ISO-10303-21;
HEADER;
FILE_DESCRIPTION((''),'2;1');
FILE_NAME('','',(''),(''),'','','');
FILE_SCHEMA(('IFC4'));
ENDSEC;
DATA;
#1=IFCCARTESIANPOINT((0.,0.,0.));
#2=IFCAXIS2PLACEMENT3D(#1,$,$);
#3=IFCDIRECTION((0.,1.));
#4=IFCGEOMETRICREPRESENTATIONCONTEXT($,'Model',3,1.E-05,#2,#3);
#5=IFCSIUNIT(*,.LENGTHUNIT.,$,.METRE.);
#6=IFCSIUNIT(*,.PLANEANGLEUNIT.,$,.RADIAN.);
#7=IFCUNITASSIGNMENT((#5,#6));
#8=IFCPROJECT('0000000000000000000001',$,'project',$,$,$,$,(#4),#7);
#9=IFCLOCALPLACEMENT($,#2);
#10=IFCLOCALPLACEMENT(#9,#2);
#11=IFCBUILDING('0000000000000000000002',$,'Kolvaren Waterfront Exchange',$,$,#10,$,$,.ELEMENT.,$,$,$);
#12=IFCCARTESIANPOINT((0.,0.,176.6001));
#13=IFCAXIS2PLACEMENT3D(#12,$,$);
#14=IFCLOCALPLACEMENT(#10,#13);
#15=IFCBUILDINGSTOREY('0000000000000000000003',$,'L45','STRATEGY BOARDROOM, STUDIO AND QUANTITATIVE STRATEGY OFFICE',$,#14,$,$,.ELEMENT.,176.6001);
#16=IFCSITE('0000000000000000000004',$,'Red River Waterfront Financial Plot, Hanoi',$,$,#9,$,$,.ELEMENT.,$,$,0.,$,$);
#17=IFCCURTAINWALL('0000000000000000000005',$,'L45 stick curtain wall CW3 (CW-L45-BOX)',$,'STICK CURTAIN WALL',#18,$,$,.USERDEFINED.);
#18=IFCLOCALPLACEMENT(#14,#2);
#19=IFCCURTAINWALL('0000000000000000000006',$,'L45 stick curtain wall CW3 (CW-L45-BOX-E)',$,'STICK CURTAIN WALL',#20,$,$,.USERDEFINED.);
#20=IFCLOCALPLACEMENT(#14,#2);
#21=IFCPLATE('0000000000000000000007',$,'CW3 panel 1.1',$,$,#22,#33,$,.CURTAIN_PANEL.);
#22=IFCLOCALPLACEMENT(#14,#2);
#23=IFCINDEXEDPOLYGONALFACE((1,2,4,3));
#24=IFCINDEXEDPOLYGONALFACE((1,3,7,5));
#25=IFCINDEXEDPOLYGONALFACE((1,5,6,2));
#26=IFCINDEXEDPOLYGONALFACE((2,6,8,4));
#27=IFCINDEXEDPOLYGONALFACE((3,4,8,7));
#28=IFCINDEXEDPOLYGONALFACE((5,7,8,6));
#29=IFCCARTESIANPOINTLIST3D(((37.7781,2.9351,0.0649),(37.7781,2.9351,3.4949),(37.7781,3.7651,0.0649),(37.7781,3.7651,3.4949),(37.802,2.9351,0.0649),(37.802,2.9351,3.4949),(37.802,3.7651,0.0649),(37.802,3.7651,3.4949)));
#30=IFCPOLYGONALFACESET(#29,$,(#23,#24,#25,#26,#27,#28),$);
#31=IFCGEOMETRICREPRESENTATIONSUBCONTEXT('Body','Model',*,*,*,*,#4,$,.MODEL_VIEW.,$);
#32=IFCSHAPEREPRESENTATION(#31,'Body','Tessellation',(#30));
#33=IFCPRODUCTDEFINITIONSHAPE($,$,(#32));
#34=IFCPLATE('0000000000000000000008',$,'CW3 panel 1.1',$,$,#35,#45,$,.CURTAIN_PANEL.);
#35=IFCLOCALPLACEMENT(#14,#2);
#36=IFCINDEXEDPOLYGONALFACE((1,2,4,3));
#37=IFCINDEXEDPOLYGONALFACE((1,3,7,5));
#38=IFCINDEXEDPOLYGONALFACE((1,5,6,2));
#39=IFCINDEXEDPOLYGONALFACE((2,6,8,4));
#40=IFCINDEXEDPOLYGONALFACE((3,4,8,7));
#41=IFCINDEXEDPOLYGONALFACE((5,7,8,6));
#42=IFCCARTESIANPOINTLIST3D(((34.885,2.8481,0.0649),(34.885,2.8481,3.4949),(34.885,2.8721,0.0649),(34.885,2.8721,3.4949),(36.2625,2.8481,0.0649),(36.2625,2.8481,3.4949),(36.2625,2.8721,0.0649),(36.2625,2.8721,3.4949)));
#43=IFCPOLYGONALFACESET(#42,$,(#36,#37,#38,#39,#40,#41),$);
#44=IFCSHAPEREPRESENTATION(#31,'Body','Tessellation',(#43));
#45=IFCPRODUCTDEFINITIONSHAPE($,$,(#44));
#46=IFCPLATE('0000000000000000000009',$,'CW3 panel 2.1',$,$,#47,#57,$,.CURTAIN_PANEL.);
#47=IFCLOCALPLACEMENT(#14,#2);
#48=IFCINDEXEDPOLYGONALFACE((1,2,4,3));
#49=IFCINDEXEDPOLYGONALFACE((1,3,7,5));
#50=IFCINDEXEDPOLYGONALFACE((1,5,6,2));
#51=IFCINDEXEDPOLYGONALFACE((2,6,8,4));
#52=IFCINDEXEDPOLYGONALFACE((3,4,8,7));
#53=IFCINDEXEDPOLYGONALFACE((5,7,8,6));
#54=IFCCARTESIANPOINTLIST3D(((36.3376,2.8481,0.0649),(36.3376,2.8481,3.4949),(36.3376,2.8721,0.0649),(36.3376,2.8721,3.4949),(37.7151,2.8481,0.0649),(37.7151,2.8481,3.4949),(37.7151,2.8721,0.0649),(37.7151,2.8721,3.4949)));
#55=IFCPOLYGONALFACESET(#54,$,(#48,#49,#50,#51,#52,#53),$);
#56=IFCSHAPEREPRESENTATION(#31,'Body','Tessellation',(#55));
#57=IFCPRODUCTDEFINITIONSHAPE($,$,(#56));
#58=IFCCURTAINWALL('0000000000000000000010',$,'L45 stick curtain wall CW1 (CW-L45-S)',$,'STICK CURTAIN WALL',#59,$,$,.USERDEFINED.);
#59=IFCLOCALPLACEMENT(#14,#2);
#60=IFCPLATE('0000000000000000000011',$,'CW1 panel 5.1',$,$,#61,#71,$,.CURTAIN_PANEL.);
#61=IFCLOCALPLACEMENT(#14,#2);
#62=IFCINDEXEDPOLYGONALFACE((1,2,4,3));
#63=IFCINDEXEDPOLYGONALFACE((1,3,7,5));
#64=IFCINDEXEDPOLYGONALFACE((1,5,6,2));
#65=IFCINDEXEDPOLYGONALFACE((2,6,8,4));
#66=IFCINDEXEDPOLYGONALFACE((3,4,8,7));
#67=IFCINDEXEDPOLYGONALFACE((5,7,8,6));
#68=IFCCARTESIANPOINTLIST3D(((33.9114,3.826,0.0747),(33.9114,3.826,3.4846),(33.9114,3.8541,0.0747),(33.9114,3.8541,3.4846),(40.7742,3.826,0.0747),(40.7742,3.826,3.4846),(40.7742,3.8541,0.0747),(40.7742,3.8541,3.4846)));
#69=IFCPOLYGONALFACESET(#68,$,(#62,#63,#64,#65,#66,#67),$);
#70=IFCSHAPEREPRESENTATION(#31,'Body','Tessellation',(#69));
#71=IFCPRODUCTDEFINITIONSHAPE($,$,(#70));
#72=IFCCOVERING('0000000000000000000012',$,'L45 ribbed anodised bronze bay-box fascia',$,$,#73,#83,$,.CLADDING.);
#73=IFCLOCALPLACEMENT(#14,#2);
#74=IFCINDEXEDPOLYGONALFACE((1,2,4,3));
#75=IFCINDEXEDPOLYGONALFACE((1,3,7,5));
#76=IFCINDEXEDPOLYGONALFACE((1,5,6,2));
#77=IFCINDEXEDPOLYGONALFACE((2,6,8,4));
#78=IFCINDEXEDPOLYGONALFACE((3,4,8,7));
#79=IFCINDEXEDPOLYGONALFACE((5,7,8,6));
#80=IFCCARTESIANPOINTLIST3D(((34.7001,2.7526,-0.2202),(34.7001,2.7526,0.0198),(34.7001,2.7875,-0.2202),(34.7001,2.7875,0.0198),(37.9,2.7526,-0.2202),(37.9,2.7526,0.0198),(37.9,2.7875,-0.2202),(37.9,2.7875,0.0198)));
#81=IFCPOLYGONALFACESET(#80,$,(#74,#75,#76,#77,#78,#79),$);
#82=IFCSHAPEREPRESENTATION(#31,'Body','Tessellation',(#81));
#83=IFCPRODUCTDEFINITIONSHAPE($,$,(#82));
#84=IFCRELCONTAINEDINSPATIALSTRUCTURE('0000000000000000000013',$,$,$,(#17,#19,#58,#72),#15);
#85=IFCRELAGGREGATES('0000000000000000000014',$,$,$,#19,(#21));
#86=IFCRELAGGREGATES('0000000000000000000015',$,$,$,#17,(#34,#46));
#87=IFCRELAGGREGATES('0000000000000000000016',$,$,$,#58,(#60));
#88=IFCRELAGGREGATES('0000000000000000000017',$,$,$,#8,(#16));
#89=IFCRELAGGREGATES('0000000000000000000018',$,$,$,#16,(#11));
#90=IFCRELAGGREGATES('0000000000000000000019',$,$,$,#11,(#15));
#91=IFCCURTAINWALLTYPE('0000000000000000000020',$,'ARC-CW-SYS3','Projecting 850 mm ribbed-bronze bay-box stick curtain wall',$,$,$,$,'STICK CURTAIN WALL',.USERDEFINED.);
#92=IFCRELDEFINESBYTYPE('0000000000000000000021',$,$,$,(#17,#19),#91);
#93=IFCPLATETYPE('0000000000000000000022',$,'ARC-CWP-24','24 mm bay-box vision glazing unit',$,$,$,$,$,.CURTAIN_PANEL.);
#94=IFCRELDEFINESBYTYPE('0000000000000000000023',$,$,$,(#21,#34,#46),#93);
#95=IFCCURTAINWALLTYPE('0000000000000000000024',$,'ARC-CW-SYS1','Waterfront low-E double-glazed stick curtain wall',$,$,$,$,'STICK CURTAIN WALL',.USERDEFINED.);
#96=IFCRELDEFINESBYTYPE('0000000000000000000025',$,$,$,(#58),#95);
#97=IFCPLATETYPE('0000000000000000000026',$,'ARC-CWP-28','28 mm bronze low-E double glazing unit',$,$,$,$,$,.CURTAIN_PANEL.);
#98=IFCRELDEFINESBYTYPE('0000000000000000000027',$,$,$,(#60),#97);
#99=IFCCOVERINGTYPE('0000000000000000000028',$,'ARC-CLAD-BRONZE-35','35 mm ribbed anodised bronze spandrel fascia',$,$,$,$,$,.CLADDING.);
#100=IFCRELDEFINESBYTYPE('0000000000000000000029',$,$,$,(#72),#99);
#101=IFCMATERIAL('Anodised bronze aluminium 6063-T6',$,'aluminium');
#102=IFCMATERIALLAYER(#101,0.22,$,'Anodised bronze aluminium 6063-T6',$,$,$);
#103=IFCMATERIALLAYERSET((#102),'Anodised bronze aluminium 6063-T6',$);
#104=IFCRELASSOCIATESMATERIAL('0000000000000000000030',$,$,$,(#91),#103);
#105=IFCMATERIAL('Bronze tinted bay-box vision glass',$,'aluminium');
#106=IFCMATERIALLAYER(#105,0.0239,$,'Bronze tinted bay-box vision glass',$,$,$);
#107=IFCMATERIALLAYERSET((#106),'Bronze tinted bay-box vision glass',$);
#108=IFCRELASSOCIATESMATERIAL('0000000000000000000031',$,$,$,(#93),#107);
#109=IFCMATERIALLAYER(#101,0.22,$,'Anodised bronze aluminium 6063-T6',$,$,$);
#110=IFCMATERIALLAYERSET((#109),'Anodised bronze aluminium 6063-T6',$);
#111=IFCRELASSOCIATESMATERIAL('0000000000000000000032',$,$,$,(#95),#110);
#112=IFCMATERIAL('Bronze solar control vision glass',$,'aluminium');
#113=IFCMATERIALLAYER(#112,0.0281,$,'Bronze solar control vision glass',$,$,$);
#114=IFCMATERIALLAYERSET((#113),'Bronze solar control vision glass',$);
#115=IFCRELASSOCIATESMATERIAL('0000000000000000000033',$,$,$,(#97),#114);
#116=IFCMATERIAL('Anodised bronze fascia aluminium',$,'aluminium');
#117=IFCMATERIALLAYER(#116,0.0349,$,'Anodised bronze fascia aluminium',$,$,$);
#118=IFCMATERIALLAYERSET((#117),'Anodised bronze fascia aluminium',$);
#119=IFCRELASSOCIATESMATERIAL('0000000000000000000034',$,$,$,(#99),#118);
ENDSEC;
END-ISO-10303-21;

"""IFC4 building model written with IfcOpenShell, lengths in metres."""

from ifc_helpers import new_model, si_unit, direction, frame, origin, origin_with_axes, origin_2d, place, context, subcontext, project, spatial, rectangle, extrude, source, transform, mapped, material, layer, layer_set, type_object, element, aggregate, save


model = new_model("IFC4")

# Units and contexts
model_context = context("Model", 3, precision=1e-05, world=origin(), true_north=direction((0.0, 1.0)))
body_context = subcontext(model_context, "Body", "Model", "MODEL_VIEW")
ifc_project = project(units=[si_unit("LENGTHUNIT", "METRE"), si_unit("PLANEANGLEUNIT", "RADIAN")], contexts=[model_context])

# Site, building, storey
site_placement = place(None, origin())
site = spatial("IfcSite", under=ifc_project, at=site_placement, Name="Red River Waterfront Financial Plot, Hanoi", CompositionType="ELEMENT", RefElevation=0.0)
building_placement = place(site_placement, origin())
building = spatial("IfcBuilding", under=site, at=building_placement, Name="Kolvaren Waterfront Exchange", CompositionType="ELEMENT")
storey_placement = place(building_placement, frame((0.0, 0.0, 176.6001)))
storey = spatial("IfcBuildingStorey", under=building, at=storey_placement, Name="L45", Description="STRATEGY BOARDROOM, STUDIO AND QUANTITATIVE STRATEGY OFFICE", CompositionType="ELEMENT", Elevation=176.6001)

# Curtain walls
ifc_material_1 = material(Name="Anodised bronze aluminium 6063-T6", Category="aluminium")
ifc_layer_1 = layer(ifc_material_1, 0.22, Name="Anodised bronze aluminium 6063-T6")
ifc_layer_set_1 = layer_set([ifc_layer_1], Name="Anodised bronze aluminium 6063-T6")
curtain_wall_type_1 = type_object("IfcCurtainWallType", Name="ARC-CW-SYS3", Description="Projecting 850 mm ribbed-bronze bay-box stick curtain wall", ElementType="STICK CURTAIN WALL", PredefinedType="USERDEFINED", material=ifc_layer_set_1)
curtain_wall_1_placement = place(storey_placement, origin())
curtain_wall_1 = element("IfcCurtainWall", 1, at=curtain_wall_1_placement, inside=storey, type_object=curtain_wall_type_1, Name="L45 stick curtain wall CW3 (CW-L45-BOX)", ObjectType="STICK CURTAIN WALL", PredefinedType="USERDEFINED")
curtain_wall_2_placement = place(storey_placement, origin())
curtain_wall_2 = element("IfcCurtainWall", 2, at=curtain_wall_2_placement, inside=storey, type_object=curtain_wall_type_1, Name="L45 stick curtain wall CW3 (CW-L45-BOX-E)", ObjectType="STICK CURTAIN WALL", PredefinedType="USERDEFINED")

# Plates
ifc_material_2 = material(Name="Bronze tinted bay-box vision glass", Category="aluminium")
ifc_layer_2 = layer(ifc_material_2, 0.0239, Name="Bronze tinted bay-box vision glass")
ifc_layer_set_2 = layer_set([ifc_layer_2], Name="Bronze tinted bay-box vision glass")
plate_type_1 = type_object("IfcPlateType", Name="ARC-CWP-24", Description="24 mm bay-box vision glazing unit", PredefinedType="CURTAIN_PANEL", material=ifc_layer_set_2)
shared_shape_1 = source(origin_with_axes(), body_context, "Body", "SweptSolid", [
    extrude(rectangle(XDim=0.8301, YDim=0.0239, at=origin_2d()), origin(), (0.0, 0.0, 1.0), 3.4299),
])
plate_1_placement = place(storey_placement, frame((37.79, 3.3501, 0.0649), z_axis=(0.0, 0.0, 1.0), x_axis=(0.0, 1.0, 0.0)))
plate_1 = element("IfcPlate", 3, at=plate_1_placement, type_object=plate_type_1, Name="CW3 panel 1.1", PredefinedType="CURTAIN_PANEL", context=body_context, shape_type="MappedRepresentation", body=[
    mapped(shared_shape_1, transform((0.0, 0.0, 0.0), x_axis=(1.0, 0.0, 0.0), y_axis=(0.0, 1.0, 0.0), z_axis=(0.0, 0.0, 1.0), scale=1.0)),
])
aggregate(curtain_wall_2, [plate_1])
shared_shape_2 = source(origin_with_axes(), body_context, "Body", "SweptSolid", [
    extrude(rectangle(XDim=1.3774, YDim=0.0239, at=origin_2d()), origin(), (0.0, 0.0, 1.0), 3.4299),
])
plate_2_placement = place(storey_placement, frame((35.5737, 2.8601, 0.0649), z_axis=(0.0, 0.0, 1.0), x_axis=(1.0, 0.0, 0.0)))
plate_2 = element("IfcPlate", 4, at=plate_2_placement, type_object=plate_type_1, Name="CW3 panel 1.1", PredefinedType="CURTAIN_PANEL", context=body_context, shape_type="MappedRepresentation", body=[
    mapped(shared_shape_2, transform((0.0, 0.0, 0.0), x_axis=(1.0, 0.0, 0.0), y_axis=(0.0, 1.0, 0.0), z_axis=(0.0, 0.0, 1.0), scale=1.0)),
])
plate_3_placement = place(storey_placement, frame((37.0264, 2.8601, 0.0649), z_axis=(0.0, 0.0, 1.0), x_axis=(1.0, 0.0, 0.0)))
plate_3 = element("IfcPlate", 5, at=plate_3_placement, type_object=plate_type_1, Name="CW3 panel 2.1", PredefinedType="CURTAIN_PANEL", context=body_context, shape_type="MappedRepresentation", body=[
    mapped(shared_shape_2, transform((0.0, 0.0, 0.0), x_axis=(1.0, 0.0, 0.0), y_axis=(0.0, 1.0, 0.0), z_axis=(0.0, 0.0, 1.0), scale=1.0)),
])
aggregate(curtain_wall_1, [plate_2, plate_3])

# Curtain wall, plate
ifc_layer_3 = layer(ifc_material_1, 0.22, Name="Anodised bronze aluminium 6063-T6")
ifc_layer_set_3 = layer_set([ifc_layer_3], Name="Anodised bronze aluminium 6063-T6")
curtain_wall_type_2 = type_object("IfcCurtainWallType", Name="ARC-CW-SYS1", Description="Waterfront low-E double-glazed stick curtain wall", ElementType="STICK CURTAIN WALL", PredefinedType="USERDEFINED", material=ifc_layer_set_3)
curtain_wall_3_placement = place(storey_placement, origin())
curtain_wall_3 = element("IfcCurtainWall", 6, at=curtain_wall_3_placement, inside=storey, type_object=curtain_wall_type_2, Name="L45 stick curtain wall CW1 (CW-L45-S)", ObjectType="STICK CURTAIN WALL", PredefinedType="USERDEFINED")
ifc_material_3 = material(Name="Bronze solar control vision glass", Category="aluminium")
ifc_layer_4 = layer(ifc_material_3, 0.0281, Name="Bronze solar control vision glass")
ifc_layer_set_4 = layer_set([ifc_layer_4], Name="Bronze solar control vision glass")
plate_type_2 = type_object("IfcPlateType", Name="ARC-CWP-28", Description="28 mm bronze low-E double glazing unit", PredefinedType="CURTAIN_PANEL", material=ifc_layer_set_4)
shared_shape_3 = source(origin_with_axes(), body_context, "Body", "SweptSolid", [
    extrude(rectangle(XDim=6.8628, YDim=0.0281, at=origin_2d()), origin(), (0.0, 0.0, 1.0), 3.4099),
])
plate_4_placement = place(storey_placement, frame((37.3428, 3.8401, 0.0747), z_axis=(0.0, 0.0, 1.0), x_axis=(1.0, 0.0, 0.0)))
plate_4 = element("IfcPlate", 7, at=plate_4_placement, type_object=plate_type_2, Name="CW1 panel 5.1", PredefinedType="CURTAIN_PANEL", context=body_context, shape_type="MappedRepresentation", body=[
    mapped(shared_shape_3, transform((0.0, 0.0, 0.0), x_axis=(1.0, 0.0, 0.0), y_axis=(0.0, 1.0, 0.0), z_axis=(0.0, 0.0, 1.0), scale=1.0)),
])
aggregate(curtain_wall_3, [plate_4])

# Covering
ifc_material_4 = material(Name="Anodised bronze fascia aluminium", Category="aluminium")
ifc_layer_5 = layer(ifc_material_4, 0.0349, Name="Anodised bronze fascia aluminium")
ifc_layer_set_5 = layer_set([ifc_layer_5], Name="Anodised bronze fascia aluminium")
covering_type = type_object("IfcCoveringType", Name="ARC-CLAD-BRONZE-35", Description="35 mm ribbed anodised bronze spandrel fascia", PredefinedType="CLADDING", material=ifc_layer_set_5)
covering_placement = place(storey_placement, frame((36.3, 2.77, -0.2202), z_axis=(0.0, 0.0, 1.0), x_axis=(1.0, 0.0, 0.0)))
element("IfcCovering", 8, at=covering_placement, inside=storey, type_object=covering_type, Name="L45 ribbed anodised bronze bay-box fascia", PredefinedType="CLADDING", context=body_context, shape_type="SweptSolid", body=[
    extrude(rectangle(XDim=3.2, YDim=0.0349, at=origin_2d()), origin(), (0.0, 0.0, 1.0), 0.24),
])

save(model, "model.ifc")
